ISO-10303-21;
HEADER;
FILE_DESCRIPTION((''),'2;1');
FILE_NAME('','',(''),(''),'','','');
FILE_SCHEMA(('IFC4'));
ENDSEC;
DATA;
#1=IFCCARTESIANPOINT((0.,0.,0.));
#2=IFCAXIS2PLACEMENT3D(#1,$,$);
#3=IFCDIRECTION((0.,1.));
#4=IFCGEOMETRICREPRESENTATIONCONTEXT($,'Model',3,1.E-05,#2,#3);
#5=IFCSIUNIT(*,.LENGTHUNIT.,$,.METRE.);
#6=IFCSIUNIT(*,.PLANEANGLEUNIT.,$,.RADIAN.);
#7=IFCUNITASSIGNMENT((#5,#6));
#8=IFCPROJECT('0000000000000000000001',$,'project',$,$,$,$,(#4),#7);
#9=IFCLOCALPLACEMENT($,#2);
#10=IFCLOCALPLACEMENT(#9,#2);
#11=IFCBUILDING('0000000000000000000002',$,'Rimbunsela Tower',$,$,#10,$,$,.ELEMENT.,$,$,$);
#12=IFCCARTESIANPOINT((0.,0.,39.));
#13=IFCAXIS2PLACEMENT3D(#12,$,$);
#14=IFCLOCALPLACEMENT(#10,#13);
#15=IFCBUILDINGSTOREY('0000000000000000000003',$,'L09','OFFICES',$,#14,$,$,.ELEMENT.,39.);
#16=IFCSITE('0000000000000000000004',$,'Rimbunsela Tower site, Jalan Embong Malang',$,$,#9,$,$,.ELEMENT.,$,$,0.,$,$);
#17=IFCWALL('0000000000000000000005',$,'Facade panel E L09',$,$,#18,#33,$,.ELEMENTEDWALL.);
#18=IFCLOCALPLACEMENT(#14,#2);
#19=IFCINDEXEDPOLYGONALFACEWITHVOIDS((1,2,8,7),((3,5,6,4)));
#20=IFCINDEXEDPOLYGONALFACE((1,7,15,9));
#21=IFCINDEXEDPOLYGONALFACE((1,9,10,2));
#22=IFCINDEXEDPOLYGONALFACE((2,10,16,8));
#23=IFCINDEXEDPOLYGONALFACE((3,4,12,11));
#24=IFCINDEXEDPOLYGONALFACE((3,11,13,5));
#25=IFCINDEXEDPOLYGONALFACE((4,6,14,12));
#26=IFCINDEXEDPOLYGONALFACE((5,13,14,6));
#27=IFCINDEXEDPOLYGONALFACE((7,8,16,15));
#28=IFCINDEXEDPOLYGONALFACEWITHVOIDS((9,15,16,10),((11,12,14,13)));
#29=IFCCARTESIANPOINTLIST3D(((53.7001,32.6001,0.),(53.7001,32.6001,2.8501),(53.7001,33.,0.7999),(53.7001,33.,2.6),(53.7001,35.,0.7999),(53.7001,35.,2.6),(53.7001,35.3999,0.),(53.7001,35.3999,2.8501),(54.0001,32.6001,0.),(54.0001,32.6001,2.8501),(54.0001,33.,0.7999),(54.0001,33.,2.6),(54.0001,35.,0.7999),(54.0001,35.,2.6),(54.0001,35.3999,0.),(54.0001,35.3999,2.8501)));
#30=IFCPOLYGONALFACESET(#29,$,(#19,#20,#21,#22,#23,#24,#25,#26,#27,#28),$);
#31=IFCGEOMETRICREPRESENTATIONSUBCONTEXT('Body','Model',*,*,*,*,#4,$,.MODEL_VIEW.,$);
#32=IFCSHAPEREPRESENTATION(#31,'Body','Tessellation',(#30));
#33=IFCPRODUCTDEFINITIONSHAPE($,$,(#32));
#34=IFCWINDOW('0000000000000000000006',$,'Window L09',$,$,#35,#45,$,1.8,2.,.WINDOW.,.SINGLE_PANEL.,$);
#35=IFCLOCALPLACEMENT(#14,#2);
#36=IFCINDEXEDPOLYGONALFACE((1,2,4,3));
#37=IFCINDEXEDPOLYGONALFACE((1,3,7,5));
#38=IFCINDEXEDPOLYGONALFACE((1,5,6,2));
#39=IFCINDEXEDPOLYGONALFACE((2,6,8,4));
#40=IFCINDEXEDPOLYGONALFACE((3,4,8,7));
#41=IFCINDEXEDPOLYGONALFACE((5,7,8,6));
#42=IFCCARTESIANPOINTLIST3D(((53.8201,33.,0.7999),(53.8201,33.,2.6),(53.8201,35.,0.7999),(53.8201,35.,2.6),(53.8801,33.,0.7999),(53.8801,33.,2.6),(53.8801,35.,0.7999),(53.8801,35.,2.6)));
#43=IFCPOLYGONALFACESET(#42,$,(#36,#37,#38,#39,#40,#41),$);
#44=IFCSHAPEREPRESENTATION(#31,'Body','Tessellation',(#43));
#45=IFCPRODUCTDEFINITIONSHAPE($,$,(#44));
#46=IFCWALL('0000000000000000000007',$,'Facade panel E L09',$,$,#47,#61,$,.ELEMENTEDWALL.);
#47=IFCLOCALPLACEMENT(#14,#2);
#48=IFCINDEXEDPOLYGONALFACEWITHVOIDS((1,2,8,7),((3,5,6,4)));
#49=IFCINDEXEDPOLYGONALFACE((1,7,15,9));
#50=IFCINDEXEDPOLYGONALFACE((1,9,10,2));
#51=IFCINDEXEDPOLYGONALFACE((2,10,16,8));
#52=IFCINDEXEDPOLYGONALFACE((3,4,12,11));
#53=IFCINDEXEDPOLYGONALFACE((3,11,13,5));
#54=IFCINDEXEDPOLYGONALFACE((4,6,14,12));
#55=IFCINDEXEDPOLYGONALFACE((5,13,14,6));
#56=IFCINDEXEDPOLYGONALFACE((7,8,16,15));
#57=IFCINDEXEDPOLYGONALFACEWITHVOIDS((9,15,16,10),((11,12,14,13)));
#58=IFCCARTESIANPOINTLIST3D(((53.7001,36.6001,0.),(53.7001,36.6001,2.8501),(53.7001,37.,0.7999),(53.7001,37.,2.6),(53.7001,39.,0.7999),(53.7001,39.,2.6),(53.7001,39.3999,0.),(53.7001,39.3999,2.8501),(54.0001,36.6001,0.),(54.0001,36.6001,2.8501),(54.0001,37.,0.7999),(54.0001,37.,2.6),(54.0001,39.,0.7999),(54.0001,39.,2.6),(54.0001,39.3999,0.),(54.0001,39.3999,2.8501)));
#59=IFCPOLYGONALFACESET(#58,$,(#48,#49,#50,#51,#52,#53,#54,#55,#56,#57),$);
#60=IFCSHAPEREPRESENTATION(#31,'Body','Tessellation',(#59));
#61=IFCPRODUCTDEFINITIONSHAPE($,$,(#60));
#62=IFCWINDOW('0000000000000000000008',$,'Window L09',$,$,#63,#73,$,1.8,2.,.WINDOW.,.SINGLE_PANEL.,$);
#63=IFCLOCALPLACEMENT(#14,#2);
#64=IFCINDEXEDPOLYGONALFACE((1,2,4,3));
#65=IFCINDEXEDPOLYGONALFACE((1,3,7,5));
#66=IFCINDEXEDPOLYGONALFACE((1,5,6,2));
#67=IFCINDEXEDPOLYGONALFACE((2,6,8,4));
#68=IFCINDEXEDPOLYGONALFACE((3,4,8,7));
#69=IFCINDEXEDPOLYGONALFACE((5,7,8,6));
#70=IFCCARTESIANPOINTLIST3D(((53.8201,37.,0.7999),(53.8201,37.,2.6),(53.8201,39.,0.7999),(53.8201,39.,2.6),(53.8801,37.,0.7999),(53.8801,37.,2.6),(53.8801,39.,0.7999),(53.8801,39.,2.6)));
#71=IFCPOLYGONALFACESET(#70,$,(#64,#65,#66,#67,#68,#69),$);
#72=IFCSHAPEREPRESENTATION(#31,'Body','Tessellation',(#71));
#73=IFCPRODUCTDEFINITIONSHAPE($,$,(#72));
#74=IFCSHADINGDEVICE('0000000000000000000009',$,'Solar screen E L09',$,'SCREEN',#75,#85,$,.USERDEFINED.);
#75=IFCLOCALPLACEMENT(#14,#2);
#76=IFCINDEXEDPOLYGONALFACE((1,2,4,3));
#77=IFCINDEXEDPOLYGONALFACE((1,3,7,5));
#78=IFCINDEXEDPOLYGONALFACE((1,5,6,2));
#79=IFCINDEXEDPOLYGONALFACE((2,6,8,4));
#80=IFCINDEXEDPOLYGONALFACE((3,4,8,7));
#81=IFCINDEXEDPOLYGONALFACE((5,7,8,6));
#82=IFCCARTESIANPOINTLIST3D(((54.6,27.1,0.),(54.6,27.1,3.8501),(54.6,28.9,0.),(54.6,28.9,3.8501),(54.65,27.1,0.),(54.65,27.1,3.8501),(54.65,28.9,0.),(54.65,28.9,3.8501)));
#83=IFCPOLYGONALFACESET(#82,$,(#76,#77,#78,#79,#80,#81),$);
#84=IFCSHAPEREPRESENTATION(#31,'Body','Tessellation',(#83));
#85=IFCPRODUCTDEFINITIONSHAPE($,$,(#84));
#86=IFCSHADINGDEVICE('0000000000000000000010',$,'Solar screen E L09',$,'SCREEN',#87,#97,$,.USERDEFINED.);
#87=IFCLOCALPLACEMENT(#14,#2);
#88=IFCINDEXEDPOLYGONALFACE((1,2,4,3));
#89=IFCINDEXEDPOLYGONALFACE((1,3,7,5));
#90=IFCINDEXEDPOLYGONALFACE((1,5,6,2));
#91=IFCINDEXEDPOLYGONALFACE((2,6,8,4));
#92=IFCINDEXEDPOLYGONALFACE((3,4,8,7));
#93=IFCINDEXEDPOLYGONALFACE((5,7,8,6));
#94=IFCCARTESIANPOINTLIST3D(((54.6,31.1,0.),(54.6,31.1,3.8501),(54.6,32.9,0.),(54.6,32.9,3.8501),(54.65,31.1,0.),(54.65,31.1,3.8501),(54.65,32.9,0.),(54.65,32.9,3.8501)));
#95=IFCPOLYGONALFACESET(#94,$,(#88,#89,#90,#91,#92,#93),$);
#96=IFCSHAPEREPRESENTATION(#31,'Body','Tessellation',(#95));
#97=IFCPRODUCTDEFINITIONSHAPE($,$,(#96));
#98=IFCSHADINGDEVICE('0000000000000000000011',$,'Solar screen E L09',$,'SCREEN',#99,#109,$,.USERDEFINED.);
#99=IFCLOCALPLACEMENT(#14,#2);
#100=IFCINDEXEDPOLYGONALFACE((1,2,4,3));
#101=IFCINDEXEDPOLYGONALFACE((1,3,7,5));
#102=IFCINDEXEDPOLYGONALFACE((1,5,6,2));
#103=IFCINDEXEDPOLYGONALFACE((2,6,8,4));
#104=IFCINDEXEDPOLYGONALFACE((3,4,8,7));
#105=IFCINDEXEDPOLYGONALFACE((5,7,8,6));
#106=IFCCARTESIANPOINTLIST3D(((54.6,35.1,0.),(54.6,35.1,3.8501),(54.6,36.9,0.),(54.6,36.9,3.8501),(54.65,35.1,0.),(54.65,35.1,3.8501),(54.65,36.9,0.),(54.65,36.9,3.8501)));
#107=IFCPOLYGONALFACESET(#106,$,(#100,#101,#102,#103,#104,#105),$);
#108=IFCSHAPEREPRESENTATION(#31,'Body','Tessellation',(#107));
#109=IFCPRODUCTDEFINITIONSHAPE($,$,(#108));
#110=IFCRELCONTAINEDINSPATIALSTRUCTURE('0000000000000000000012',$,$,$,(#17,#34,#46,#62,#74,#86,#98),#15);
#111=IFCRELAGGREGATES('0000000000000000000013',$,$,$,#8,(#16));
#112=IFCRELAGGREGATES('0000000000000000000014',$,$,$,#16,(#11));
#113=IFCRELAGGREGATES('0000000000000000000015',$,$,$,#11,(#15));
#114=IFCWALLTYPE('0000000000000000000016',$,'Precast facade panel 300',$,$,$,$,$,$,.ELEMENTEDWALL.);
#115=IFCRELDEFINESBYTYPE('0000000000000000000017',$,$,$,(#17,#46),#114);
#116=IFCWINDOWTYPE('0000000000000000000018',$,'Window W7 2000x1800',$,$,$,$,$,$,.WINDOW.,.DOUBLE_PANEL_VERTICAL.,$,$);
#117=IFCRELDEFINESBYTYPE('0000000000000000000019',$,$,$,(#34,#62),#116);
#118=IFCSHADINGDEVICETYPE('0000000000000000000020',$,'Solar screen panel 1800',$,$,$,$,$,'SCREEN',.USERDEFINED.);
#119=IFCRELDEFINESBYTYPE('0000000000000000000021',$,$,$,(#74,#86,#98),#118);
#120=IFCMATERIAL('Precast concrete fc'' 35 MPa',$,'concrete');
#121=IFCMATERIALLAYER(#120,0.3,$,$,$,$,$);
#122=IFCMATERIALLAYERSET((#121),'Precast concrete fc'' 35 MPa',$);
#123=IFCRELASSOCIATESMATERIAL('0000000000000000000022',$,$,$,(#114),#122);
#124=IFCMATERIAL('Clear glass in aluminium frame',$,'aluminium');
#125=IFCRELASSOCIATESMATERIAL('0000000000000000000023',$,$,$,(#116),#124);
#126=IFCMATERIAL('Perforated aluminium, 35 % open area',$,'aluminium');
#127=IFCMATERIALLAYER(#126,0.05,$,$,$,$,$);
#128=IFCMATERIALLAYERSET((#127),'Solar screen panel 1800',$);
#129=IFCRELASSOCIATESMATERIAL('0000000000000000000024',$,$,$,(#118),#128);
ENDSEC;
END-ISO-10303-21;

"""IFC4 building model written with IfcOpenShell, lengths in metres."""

from ifc_helpers import new_model, si_unit, direction, frame, frame_2d, origin, origin_2d, place, context, subcontext, project, spatial, rectangle, extrude, material, layer, layer_set, type_object, element, fill, save


model = new_model("IFC4")

# Units and contexts
model_context = context("Model", 3, precision=1e-05, world=origin(), true_north=direction((0.0, 1.0)))
body_context = subcontext(model_context, "Body", "Model", "MODEL_VIEW")
ifc_project = project(units=[si_unit("LENGTHUNIT", "METRE"), si_unit("PLANEANGLEUNIT", "RADIAN")], contexts=[model_context])

# Site, building, storey
site_placement = place(None, origin())
site = spatial("IfcSite", under=ifc_project, at=site_placement, Name="Rimbunsela Tower site, Jalan Embong Malang", CompositionType="ELEMENT", RefElevation=0.0)
building_placement = place(site_placement, origin())
building = spatial("IfcBuilding", under=site, at=building_placement, Name="Rimbunsela Tower", CompositionType="ELEMENT")
storey_placement = place(building_placement, frame((0.0, 0.0, 39.0)))
storey = spatial("IfcBuildingStorey", under=building, at=storey_placement, Name="L09", Description="OFFICES", CompositionType="ELEMENT", Elevation=39.0)

# Walls, openings, windows
ifc_material_1 = material(Name="Precast concrete fc' 35 MPa", Category="concrete")
ifc_layer_1 = layer(ifc_material_1, 0.3)
ifc_layer_set_1 = layer_set([ifc_layer_1], Name="Precast concrete fc' 35 MPa")
wall_type_1 = type_object("IfcWallType", Name="Precast facade panel 300", PredefinedType="ELEMENTEDWALL", material=ifc_layer_set_1)
ifc_material_2 = material(Name="Clear glass in aluminium frame", Category="aluminium")
window_type = type_object("IfcWindowType", Name="Window W7 2000x1800", PartitioningType="DOUBLE_PANEL_VERTICAL", PredefinedType="WINDOW", material=ifc_material_2)
wall_1_placement = place(storey_placement, frame((53.8501, 32.6001, 0.0), z_axis=(0.0, 0.0, 1.0), x_axis=(0.0, 1.0, 0.0)))
wall_1 = element("IfcWall", 1, at=wall_1_placement, inside=storey, type_object=wall_type_1, Name="Facade panel E L09", PredefinedType="ELEMENTEDWALL", context=body_context, shape_type="SweptSolid", body=[
    extrude(rectangle(XDim=2.7998, YDim=0.3, at=frame_2d((1.3999, 0.0))), origin(), (0.0, 0.0, 1.0), 2.8501),
])
opening_1_placement = place(wall_1_placement, frame((0.3999, 0.0, 0.8)))
opening_1 = element("IfcOpeningElement", 2, at=opening_1_placement, cuts=wall_1, PredefinedType="OPENING", context=body_context, shape_type="SweptSolid", body=[
    extrude(rectangle(XDim=2.0, YDim=1.8, at=frame_2d((1.0, 0.8999))), frame((0.0, 0.1599, 0.0), z_axis=(0.0, -1.0, 0.0), x_axis=(1.0, 0.0, 0.0)), (0.0, 0.0, 1.0), 0.3201),
])
window_1_placement = place(opening_1_placement, origin())
window_1 = element("IfcWindow", 3, at=window_1_placement, inside=storey, type_object=window_type, Name="Window L09", OverallHeight=1.8, OverallWidth=2.0, PartitioningType="SINGLE_PANEL", PredefinedType="WINDOW", context=body_context, shape_type="SweptSolid", body=[
    extrude(rectangle(XDim=2.0, YDim=1.8, at=frame_2d((1.0, 0.8999))), frame((0.0, 0.03, 0.0), z_axis=(0.0, -1.0, 0.0), x_axis=(1.0, 0.0, 0.0)), (0.0, 0.0, 1.0), 0.0601),
])
fill(opening_1, window_1)
wall_2_placement = place(storey_placement, frame((53.8501, 36.6001, 0.0), z_axis=(0.0, 0.0, 1.0), x_axis=(0.0, 1.0, 0.0)))
wall_2 = element("IfcWall", 4, at=wall_2_placement, inside=storey, type_object=wall_type_1, Name="Facade panel E L09", PredefinedType="ELEMENTEDWALL", context=body_context, shape_type="SweptSolid", body=[
    extrude(rectangle(XDim=2.7998, YDim=0.3, at=frame_2d((1.3999, 0.0))), origin(), (0.0, 0.0, 1.0), 2.8501),
])
opening_2_placement = place(wall_2_placement, frame((0.3999, 0.0, 0.8)))
opening_2 = element("IfcOpeningElement", 5, at=opening_2_placement, cuts=wall_2, PredefinedType="OPENING", context=body_context, shape_type="SweptSolid", body=[
    extrude(rectangle(XDim=2.0, YDim=1.8, at=frame_2d((1.0, 0.8999))), frame((0.0, 0.1599, 0.0), z_axis=(0.0, -1.0, 0.0), x_axis=(1.0, 0.0, 0.0)), (0.0, 0.0, 1.0), 0.3201),
])
window_2_placement = place(opening_2_placement, origin())
window_2 = element("IfcWindow", 6, at=window_2_placement, inside=storey, type_object=window_type, Name="Window L09", OverallHeight=1.8, OverallWidth=2.0, PartitioningType="SINGLE_PANEL", PredefinedType="WINDOW", context=body_context, shape_type="SweptSolid", body=[
    extrude(rectangle(XDim=2.0, YDim=1.8, at=frame_2d((1.0, 0.8999))), frame((0.0, 0.03, 0.0), z_axis=(0.0, -1.0, 0.0), x_axis=(1.0, 0.0, 0.0)), (0.0, 0.0, 1.0), 0.0601),
])
fill(opening_2, window_2)

# Shading devices
ifc_material_3 = material(Name="Perforated aluminium, 35 % open area", Category="aluminium")
ifc_layer_2 = layer(ifc_material_3, 0.05)
ifc_layer_set_2 = layer_set([ifc_layer_2], Name="Solar screen panel 1800")
shading_device_type = type_object("IfcShadingDeviceType", Name="Solar screen panel 1800", ElementType="SCREEN", PredefinedType="USERDEFINED", material=ifc_layer_set_2)
for number, where, z_axis, x_axis, name in (
    (7, (54.625, 28.0, 0.0), (0.0, 0.0, 1.0), (0.0, 1.0, 0.0), "Solar screen E L09"),
    (8, (54.625, 32.0, 0.0), (0.0, 0.0, 1.0), (0.0, 1.0, 0.0), "Solar screen E L09"),
    (9, (54.625, 36.0, 0.0), (0.0, 0.0, 1.0), (0.0, 1.0, 0.0), "Solar screen E L09"),
):
    element("IfcShadingDevice", number, at=place(storey_placement, frame(where, z_axis=z_axis, x_axis=x_axis)), inside=storey, type_object=shading_device_type, Name=name, ObjectType="SCREEN", PredefinedType="USERDEFINED", context=body_context, shape_type="SweptSolid", body=[
        extrude(rectangle(XDim=1.8, YDim=0.05, at=origin_2d()), origin(), (0.0, 0.0, 1.0), 3.8501),
    ])

save(model, "model.ifc")
